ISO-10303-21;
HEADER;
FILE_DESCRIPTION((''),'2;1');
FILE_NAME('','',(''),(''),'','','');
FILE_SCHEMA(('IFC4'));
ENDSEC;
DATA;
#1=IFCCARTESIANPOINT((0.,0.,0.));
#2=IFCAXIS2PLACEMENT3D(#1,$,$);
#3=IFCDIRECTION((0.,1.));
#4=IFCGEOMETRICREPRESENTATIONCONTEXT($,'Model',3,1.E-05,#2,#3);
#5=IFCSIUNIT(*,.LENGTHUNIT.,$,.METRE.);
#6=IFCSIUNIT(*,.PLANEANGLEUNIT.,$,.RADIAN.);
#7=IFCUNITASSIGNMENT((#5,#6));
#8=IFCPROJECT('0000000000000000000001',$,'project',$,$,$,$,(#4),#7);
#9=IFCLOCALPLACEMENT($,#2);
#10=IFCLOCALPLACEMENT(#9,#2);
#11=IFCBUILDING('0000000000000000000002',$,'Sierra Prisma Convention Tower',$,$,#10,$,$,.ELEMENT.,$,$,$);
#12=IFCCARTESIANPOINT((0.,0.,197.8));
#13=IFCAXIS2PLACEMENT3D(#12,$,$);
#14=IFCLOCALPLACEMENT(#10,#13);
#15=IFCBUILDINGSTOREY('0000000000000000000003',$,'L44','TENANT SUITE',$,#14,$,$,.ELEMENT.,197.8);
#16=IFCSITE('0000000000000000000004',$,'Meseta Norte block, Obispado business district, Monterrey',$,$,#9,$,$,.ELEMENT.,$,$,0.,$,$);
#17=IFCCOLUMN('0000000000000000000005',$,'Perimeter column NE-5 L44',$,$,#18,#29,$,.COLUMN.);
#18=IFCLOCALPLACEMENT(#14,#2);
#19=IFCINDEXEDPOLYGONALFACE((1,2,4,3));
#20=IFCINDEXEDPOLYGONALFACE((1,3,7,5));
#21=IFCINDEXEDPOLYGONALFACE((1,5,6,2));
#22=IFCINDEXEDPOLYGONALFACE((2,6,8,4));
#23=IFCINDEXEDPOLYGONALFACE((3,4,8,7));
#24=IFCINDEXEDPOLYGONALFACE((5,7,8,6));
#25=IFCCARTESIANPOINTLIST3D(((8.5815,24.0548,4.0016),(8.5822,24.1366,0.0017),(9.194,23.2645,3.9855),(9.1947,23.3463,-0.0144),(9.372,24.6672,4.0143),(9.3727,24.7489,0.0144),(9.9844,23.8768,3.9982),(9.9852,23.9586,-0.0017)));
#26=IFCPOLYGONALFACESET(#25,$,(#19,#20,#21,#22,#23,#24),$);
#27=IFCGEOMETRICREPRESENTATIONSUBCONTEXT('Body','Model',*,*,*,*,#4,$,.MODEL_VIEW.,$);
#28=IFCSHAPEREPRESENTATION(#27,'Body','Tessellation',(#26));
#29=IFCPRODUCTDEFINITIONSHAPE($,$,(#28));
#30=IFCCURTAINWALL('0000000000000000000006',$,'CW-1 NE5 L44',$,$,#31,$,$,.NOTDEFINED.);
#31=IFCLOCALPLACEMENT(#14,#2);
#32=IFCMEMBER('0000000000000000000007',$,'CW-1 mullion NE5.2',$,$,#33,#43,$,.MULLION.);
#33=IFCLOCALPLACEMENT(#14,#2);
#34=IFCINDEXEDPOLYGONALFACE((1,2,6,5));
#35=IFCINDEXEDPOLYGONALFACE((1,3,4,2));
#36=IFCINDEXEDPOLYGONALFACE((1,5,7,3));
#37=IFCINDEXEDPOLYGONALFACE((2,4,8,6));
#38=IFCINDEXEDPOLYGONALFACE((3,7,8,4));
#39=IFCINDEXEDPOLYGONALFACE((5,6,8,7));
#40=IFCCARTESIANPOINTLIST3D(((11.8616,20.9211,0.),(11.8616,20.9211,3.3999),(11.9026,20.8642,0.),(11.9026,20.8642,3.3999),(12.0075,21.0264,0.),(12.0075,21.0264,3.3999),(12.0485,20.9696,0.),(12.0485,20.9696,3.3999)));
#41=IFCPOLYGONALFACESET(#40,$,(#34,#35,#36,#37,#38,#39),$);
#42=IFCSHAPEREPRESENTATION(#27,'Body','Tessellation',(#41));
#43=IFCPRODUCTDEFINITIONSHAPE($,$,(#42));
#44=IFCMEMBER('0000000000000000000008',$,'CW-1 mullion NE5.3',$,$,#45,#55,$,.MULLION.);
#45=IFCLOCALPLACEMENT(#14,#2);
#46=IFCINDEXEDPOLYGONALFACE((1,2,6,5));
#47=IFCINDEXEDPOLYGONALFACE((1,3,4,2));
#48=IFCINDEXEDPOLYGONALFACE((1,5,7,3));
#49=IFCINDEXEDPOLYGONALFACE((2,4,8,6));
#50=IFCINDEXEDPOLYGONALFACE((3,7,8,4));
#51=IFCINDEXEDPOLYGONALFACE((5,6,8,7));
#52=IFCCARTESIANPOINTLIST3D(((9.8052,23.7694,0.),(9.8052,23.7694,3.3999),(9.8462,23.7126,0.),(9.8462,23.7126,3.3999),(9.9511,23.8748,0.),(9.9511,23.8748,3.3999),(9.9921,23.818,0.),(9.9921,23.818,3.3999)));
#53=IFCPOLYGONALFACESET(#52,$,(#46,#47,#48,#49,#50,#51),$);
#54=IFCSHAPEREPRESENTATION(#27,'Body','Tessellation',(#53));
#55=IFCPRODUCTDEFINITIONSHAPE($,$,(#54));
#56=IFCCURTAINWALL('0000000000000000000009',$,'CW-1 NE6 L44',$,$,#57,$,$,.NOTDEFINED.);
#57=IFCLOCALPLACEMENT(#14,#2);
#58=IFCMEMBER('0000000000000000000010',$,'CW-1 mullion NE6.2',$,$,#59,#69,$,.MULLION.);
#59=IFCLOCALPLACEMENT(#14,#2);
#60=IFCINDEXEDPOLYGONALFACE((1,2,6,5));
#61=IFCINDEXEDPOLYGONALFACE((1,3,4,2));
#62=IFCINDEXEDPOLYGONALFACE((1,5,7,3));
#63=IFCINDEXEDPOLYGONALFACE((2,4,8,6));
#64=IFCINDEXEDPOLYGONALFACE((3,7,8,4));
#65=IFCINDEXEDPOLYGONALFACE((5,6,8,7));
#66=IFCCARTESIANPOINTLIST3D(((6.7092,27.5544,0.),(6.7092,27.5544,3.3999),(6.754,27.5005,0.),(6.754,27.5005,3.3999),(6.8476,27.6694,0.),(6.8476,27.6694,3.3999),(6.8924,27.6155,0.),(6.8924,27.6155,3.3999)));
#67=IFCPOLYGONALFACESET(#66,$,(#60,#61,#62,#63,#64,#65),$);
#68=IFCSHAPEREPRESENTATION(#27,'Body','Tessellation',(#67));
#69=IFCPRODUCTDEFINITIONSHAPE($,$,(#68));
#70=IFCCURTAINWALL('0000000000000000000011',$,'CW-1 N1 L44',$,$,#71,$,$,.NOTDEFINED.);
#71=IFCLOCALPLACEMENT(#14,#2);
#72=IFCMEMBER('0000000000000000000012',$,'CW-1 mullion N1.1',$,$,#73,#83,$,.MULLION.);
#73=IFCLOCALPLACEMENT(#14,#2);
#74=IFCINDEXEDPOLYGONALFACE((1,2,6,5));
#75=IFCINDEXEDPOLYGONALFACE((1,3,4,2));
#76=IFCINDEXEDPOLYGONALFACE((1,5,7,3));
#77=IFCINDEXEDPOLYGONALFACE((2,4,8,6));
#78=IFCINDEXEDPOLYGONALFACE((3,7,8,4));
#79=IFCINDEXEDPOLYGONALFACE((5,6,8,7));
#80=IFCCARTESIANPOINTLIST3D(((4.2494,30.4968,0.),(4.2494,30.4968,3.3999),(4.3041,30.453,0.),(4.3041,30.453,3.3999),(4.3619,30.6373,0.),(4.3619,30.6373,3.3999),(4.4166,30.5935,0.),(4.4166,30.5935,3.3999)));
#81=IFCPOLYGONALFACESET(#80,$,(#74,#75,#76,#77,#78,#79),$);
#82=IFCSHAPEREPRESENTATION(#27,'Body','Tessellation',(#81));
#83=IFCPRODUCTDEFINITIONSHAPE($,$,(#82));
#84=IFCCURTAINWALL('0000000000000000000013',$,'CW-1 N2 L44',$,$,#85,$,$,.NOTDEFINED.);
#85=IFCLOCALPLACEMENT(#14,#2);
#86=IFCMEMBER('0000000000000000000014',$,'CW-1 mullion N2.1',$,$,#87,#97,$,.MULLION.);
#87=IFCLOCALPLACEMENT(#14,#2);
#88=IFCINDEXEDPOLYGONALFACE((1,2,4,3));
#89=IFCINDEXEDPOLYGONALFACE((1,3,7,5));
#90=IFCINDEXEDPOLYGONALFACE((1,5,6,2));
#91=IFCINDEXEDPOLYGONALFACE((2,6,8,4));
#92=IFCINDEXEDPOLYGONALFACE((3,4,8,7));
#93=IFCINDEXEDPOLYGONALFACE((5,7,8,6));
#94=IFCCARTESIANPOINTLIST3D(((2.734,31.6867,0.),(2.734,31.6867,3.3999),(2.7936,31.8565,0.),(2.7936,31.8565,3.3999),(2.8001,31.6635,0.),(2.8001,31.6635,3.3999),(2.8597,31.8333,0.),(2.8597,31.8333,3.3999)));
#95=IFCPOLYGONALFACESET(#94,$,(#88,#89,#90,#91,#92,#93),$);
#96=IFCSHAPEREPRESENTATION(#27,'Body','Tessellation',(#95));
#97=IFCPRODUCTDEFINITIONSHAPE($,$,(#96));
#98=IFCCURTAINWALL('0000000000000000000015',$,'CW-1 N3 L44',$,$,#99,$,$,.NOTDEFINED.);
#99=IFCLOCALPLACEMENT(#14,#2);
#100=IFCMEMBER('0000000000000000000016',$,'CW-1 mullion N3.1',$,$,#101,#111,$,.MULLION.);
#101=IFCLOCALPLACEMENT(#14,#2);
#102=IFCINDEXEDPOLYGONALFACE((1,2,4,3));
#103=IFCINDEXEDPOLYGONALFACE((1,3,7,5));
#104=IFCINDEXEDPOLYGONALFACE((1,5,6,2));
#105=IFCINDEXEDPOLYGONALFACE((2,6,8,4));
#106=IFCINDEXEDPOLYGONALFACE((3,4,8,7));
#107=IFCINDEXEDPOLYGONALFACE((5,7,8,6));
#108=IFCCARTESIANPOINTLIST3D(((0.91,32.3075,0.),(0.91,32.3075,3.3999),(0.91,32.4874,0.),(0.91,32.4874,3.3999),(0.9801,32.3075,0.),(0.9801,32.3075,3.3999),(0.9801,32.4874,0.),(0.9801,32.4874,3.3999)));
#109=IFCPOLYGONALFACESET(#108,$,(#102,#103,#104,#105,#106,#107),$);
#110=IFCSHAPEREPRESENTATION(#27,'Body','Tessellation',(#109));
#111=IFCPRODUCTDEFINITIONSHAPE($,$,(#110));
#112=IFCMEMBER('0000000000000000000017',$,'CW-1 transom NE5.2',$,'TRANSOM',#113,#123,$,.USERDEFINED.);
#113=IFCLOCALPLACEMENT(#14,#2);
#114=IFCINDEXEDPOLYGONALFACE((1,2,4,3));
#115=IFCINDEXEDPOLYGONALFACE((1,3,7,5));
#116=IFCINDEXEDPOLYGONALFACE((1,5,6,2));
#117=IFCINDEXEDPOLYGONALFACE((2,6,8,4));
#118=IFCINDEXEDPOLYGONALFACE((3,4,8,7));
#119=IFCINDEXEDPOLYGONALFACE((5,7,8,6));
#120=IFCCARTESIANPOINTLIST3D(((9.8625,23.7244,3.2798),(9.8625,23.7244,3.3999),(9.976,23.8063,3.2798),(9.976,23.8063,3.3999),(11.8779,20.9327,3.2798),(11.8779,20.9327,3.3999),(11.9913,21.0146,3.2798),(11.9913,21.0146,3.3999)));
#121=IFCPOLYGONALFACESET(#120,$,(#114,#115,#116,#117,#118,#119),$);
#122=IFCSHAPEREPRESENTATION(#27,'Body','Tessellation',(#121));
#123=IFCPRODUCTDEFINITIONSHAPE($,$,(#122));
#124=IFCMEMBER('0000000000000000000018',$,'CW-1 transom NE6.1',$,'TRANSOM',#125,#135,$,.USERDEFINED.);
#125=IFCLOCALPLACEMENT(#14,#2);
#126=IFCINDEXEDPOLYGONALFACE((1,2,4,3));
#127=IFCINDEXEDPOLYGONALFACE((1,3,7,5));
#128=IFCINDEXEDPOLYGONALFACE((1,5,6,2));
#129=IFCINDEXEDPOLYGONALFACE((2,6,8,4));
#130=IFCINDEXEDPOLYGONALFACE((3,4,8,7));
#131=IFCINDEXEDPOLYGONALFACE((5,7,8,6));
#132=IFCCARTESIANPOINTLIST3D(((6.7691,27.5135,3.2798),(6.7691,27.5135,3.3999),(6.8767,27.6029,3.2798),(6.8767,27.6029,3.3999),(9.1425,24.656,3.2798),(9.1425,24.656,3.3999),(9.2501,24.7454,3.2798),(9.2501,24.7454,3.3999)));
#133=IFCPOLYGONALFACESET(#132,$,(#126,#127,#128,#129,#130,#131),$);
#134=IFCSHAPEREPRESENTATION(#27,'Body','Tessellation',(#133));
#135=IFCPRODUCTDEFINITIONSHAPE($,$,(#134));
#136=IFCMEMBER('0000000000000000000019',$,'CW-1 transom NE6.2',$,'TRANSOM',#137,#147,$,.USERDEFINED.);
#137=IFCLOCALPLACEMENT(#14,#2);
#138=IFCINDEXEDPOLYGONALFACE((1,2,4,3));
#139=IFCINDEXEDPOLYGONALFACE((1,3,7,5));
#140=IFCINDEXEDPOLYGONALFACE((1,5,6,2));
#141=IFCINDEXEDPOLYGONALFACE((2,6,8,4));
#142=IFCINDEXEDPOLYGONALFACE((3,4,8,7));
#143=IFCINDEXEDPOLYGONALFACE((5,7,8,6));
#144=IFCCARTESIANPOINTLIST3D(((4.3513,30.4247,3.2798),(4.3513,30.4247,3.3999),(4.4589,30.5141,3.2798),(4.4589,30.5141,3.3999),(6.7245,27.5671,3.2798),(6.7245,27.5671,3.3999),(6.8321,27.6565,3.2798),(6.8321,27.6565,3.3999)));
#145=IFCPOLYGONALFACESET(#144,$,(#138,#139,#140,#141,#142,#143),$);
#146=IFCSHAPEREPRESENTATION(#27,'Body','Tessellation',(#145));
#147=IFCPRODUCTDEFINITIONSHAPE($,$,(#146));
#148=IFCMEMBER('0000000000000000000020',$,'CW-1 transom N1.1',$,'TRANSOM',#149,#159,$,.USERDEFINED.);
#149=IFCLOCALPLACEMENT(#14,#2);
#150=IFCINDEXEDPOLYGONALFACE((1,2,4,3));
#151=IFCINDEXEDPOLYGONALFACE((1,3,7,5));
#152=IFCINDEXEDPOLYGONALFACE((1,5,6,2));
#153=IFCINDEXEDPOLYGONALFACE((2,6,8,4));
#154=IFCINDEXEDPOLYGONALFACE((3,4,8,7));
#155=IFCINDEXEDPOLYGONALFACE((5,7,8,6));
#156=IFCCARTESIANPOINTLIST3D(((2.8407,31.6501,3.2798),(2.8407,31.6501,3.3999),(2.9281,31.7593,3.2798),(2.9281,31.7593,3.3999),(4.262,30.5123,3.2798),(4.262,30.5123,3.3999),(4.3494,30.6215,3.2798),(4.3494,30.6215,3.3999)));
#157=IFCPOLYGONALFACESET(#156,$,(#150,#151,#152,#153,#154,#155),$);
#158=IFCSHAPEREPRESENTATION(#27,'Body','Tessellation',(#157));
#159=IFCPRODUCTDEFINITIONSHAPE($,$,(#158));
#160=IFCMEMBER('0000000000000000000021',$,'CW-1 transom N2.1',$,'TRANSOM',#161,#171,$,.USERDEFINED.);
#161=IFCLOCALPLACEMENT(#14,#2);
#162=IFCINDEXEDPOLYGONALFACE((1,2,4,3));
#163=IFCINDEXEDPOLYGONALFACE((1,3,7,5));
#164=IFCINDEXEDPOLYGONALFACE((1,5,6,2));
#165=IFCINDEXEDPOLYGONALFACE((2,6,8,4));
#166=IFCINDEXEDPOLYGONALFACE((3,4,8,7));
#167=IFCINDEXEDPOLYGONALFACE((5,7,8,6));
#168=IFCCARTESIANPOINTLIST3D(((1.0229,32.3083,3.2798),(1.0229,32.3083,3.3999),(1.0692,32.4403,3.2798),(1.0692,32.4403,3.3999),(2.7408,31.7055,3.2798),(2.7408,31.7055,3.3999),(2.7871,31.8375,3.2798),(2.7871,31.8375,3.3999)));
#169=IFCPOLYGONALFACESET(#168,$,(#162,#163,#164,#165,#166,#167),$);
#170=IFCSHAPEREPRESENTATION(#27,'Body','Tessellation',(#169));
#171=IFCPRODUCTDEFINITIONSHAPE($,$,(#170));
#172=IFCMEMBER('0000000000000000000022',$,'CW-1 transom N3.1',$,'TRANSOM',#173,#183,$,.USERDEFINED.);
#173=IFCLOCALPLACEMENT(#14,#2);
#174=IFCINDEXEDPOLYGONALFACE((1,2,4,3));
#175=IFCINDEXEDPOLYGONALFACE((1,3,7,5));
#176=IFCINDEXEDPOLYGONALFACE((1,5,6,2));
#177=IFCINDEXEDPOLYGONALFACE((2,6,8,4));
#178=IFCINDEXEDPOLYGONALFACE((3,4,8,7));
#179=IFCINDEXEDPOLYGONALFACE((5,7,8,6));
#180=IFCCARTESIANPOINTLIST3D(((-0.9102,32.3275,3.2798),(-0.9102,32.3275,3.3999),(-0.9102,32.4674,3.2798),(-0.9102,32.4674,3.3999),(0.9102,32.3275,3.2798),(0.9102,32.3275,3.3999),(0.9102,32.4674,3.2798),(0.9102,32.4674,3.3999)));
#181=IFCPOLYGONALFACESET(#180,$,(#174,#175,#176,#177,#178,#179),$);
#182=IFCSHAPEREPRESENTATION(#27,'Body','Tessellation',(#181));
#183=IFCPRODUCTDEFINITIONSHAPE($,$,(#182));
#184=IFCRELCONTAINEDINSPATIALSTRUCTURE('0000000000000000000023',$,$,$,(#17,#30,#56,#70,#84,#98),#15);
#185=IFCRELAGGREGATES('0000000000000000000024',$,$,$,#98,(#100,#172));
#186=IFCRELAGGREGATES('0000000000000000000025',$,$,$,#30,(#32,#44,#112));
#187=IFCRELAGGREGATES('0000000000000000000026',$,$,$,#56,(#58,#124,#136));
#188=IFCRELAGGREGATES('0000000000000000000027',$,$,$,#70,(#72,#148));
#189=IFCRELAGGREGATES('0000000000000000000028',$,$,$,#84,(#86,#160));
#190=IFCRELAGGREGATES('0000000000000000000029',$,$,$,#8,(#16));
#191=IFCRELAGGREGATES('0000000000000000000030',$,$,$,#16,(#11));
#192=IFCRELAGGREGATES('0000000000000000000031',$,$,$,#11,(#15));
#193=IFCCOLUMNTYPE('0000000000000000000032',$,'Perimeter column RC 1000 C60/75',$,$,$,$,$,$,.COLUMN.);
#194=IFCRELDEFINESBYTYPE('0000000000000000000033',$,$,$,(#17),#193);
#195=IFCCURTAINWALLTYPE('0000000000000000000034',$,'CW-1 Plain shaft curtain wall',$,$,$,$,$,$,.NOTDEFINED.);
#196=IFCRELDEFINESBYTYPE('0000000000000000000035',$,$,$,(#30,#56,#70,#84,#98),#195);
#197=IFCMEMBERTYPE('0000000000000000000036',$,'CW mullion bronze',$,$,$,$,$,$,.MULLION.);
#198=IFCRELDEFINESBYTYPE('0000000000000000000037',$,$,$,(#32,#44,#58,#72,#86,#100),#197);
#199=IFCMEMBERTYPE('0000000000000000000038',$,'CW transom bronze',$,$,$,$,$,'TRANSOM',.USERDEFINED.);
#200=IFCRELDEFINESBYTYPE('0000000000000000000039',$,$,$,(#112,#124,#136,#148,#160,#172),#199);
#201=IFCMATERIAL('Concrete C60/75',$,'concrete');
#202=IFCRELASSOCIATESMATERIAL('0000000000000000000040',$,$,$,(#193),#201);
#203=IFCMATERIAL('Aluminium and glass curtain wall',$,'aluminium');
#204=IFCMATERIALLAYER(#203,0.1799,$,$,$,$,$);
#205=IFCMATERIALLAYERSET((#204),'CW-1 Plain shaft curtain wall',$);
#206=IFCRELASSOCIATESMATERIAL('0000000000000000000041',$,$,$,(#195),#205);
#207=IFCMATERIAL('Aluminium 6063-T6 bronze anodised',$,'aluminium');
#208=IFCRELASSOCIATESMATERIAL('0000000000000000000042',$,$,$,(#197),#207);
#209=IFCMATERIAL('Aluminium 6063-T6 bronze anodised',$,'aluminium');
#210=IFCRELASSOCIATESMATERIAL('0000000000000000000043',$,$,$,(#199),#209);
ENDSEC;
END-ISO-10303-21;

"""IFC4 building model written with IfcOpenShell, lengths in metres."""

from ifc_helpers import new_model, si_unit, direction, frame, origin, origin_2d, place, context, subcontext, project, spatial, rectangle, extrude, material, layer, layer_set, material_profile, profile_set, type_object, element, aggregate, save


model = new_model("IFC4")

# Units and contexts
model_context = context("Model", 3, precision=1e-05, world=origin(), true_north=direction((0.0, 1.0)))
body_context = subcontext(model_context, "Body", "Model", "MODEL_VIEW")
ifc_project = project(units=[si_unit("LENGTHUNIT", "METRE"), si_unit("PLANEANGLEUNIT", "RADIAN")], contexts=[model_context])

# Site, building, storey
site_placement = place(None, origin())
site = spatial("IfcSite", under=ifc_project, at=site_placement, Name="Meseta Norte block, Obispado business district, Monterrey", CompositionType="ELEMENT", RefElevation=0.0)
building_placement = place(site_placement, origin())
building = spatial("IfcBuilding", under=site, at=building_placement, Name="Sierra Prisma Convention Tower", CompositionType="ELEMENT")
storey_placement = place(building_placement, frame((0.0, 0.0, 197.8)))
storey = spatial("IfcBuildingStorey", under=building, at=storey_placement, Name="L44", Description="TENANT SUITE", CompositionType="ELEMENT", Elevation=197.8)

# Column
ifc_material_1 = material(Name="Concrete C60/75", Category="concrete")
ifc_material_profile_1 = material_profile(ifc_material_1, rectangle(XDim=1.0, YDim=1.0, at=origin_2d()), Name="Perimeter column RC 1000 C60/75")
ifc_profile_set_1 = profile_set([ifc_material_profile_1], Name="Concrete C60/75")
column_type = type_object("IfcColumnType", Name="Perimeter column RC 1000 C60/75", PredefinedType="COLUMN", material=ifc_profile_set_1)
column_placement = place(storey_placement, frame((9.2837, 24.0476, 0.0), z_axis=(-0.000183, -0.020443, 0.999791), x_axis=(-0.612482, 0.790321, 0.016047)))
element("IfcColumn", 1, at=column_placement, inside=storey, type_object=column_type, Name="Perimeter column NE-5 L44", PredefinedType="COLUMN", context=body_context, shape_type="SweptSolid", body=[
    extrude(rectangle(XDim=1.0, YDim=1.0, at=origin_2d()), origin(), (0.0, 0.0, 1.0), 4.0007),
])

# Curtain wall, members
ifc_material_2 = material(Name="Aluminium and glass curtain wall", Category="aluminium")
ifc_layer_1 = layer(ifc_material_2, 0.1799)
ifc_layer_set_1 = layer_set([ifc_layer_1], Name="CW-1 Plain shaft curtain wall")
curtain_wall_type = type_object("IfcCurtainWallType", Name="CW-1 Plain shaft curtain wall", PredefinedType="NOTDEFINED", material=ifc_layer_set_1)
curtain_wall_1_placement = place(storey_placement, origin())
curtain_wall_1 = element("IfcCurtainWall", 2, at=curtain_wall_1_placement, inside=storey, type_object=curtain_wall_type, Name="CW-1 NE5 L44", PredefinedType="NOTDEFINED")
ifc_material_3 = material(Name="Aluminium 6063-T6 bronze anodised", Category="aluminium")
ifc_material_profile_2 = material_profile(ifc_material_3, rectangle(XDim=0.1799, YDim=0.0701, at=origin_2d()), Name="ALU MULLION 70x180")
ifc_profile_set_2 = profile_set([ifc_material_profile_2], Name="Aluminium 6063-T6 bronze anodised")
member_type_1 = type_object("IfcMemberType", Name="CW mullion bronze", PredefinedType="MULLION", material=ifc_profile_set_2)
member_1_placement = place(storey_placement, frame((11.9551, 20.9453, 0.0), z_axis=(0.0, 0.0, 1.0), x_axis=(-0.810789, -0.585338, 0.0)))
member_1 = element("IfcMember", 3, at=member_1_placement, type_object=member_type_1, Name="CW-1 mullion NE5.2", PredefinedType="MULLION", context=body_context, shape_type="SweptSolid", body=[
    extrude(rectangle(XDim=0.1799, YDim=0.0701, at=origin_2d()), origin(), (0.0, 0.0, 1.0), 3.3999),
])
member_2_placement = place(storey_placement, frame((9.8987, 23.7937, 0.0), z_axis=(0.0, 0.0, 1.0), x_axis=(-0.810789, -0.585338, 0.0)))
member_2 = element("IfcMember", 4, at=member_2_placement, type_object=member_type_1, Name="CW-1 mullion NE5.3", PredefinedType="MULLION", context=body_context, shape_type="SweptSolid", body=[
    extrude(rectangle(XDim=0.1799, YDim=0.0701, at=origin_2d()), origin(), (0.0, 0.0, 1.0), 3.3999),
])

# Curtain walls, members
curtain_wall_2_placement = place(storey_placement, origin())
curtain_wall_2 = element("IfcCurtainWall", 5, at=curtain_wall_2_placement, inside=storey, type_object=curtain_wall_type, Name="CW-1 NE6 L44", PredefinedType="NOTDEFINED")
member_3_placement = place(storey_placement, frame((6.8008, 27.585, 0.0), z_axis=(0.0, 0.0, 1.0), x_axis=(-0.769271, -0.638922, 0.0)))
member_3 = element("IfcMember", 6, at=member_3_placement, type_object=member_type_1, Name="CW-1 mullion NE6.2", PredefinedType="MULLION", context=body_context, shape_type="SweptSolid", body=[
    extrude(rectangle(XDim=0.1799, YDim=0.0701, at=origin_2d()), origin(), (0.0, 0.0, 1.0), 3.3999),
])
curtain_wall_3_placement = place(storey_placement, origin())
curtain_wall_3 = element("IfcCurtainWall", 7, at=curtain_wall_3_placement, inside=storey, type_object=curtain_wall_type, Name="CW-1 N1 L44", PredefinedType="NOTDEFINED")
member_4_placement = place(storey_placement, frame((4.333, 30.5452, 0.0), z_axis=(0.0, 0.0, 1.0), x_axis=(-0.624929, -0.780682, 0.0)))
member_4 = element("IfcMember", 8, at=member_4_placement, type_object=member_type_1, Name="CW-1 mullion N1.1", PredefinedType="MULLION", context=body_context, shape_type="SweptSolid", body=[
    extrude(rectangle(XDim=0.1799, YDim=0.0701, at=origin_2d()), origin(), (0.0, 0.0, 1.0), 3.3999),
])
curtain_wall_4_placement = place(storey_placement, origin())
curtain_wall_4 = element("IfcCurtainWall", 9, at=curtain_wall_4_placement, inside=storey, type_object=curtain_wall_type, Name="CW-1 N2 L44", PredefinedType="NOTDEFINED")
member_5_placement = place(storey_placement, frame((2.7969, 31.76, 0.0), z_axis=(0.0, 0.0, 1.0), x_axis=(-0.331148, -0.943579, 0.0)))
member_5 = element("IfcMember", 10, at=member_5_placement, type_object=member_type_1, Name="CW-1 mullion N2.1", PredefinedType="MULLION", context=body_context, shape_type="SweptSolid", body=[
    extrude(rectangle(XDim=0.1799, YDim=0.0701, at=origin_2d()), origin(), (0.0, 0.0, 1.0), 3.3999),
])
curtain_wall_5_placement = place(storey_placement, origin())
curtain_wall_5 = element("IfcCurtainWall", 11, at=curtain_wall_5_placement, inside=storey, type_object=curtain_wall_type, Name="CW-1 N3 L44", PredefinedType="NOTDEFINED")
member_6_placement = place(storey_placement, frame((0.9451, 32.3975, 0.0), z_axis=(0.0, 0.0, 1.0), x_axis=(0.0, -1.0, 0.0)))
member_6 = element("IfcMember", 12, at=member_6_placement, type_object=member_type_1, Name="CW-1 mullion N3.1", PredefinedType="MULLION", context=body_context, shape_type="SweptSolid", body=[
    extrude(rectangle(XDim=0.1799, YDim=0.0701, at=origin_2d()), origin(), (0.0, 0.0, 1.0), 3.3999),
])

# Members
ifc_material_4 = material(Name="Aluminium 6063-T6 bronze anodised", Category="aluminium")
ifc_material_profile_3 = material_profile(ifc_material_4, rectangle(XDim=0.1399, YDim=0.1201, at=origin_2d()), Name="ALU TRANSOM 120x140")
ifc_profile_set_3 = profile_set([ifc_material_profile_3], Name="Aluminium 6063-T6 bronze anodised")
member_type_2 = type_object("IfcMemberType", Name="CW transom bronze", ElementType="TRANSOM", PredefinedType="USERDEFINED", material=ifc_profile_set_3)
member_7_placement = place(storey_placement, frame((11.9346, 20.9736, 3.3398), z_axis=(-0.585322, 0.810801, 0.0), x_axis=(-0.810801, -0.585322, 0.0)))
member_7 = element("IfcMember", 13, at=member_7_placement, type_object=member_type_2, Name="CW-1 transom NE5.2", ObjectType="TRANSOM", PredefinedType="USERDEFINED", context=body_context, shape_type="SweptSolid", body=[
    extrude(rectangle(XDim=0.1399, YDim=0.1201, at=origin_2d()), origin(), (0.0, 0.0, 1.0), 3.4431),
])
member_8_placement = place(storey_placement, frame((9.1963, 24.7007, 3.3398), z_axis=(-0.638929, 0.769265, 0.0), x_axis=(-0.769265, -0.638929, 0.0)))
member_8 = element("IfcMember", 14, at=member_8_placement, type_object=member_type_2, Name="CW-1 transom NE6.1", ObjectType="TRANSOM", PredefinedType="USERDEFINED", context=body_context, shape_type="SweptSolid", body=[
    extrude(rectangle(XDim=0.1399, YDim=0.1201, at=origin_2d()), origin(), (0.0, 0.0, 1.0), 3.7146),
])
member_9_placement = place(storey_placement, frame((6.7783, 27.6118, 3.3398), z_axis=(-0.638897, 0.769292, 0.0), x_axis=(-0.769292, -0.638897, 0.0)))
member_9 = element("IfcMember", 15, at=member_9_placement, type_object=member_type_2, Name="CW-1 transom NE6.2", ObjectType="TRANSOM", PredefinedType="USERDEFINED", context=body_context, shape_type="SweptSolid", body=[
    extrude(rectangle(XDim=0.1399, YDim=0.1201, at=origin_2d()), origin(), (0.0, 0.0, 1.0), 3.7146),
])
member_10_placement = place(storey_placement, frame((4.3057, 30.5669, 3.3398), z_axis=(-0.780659, 0.624957, 0.0), x_axis=(-0.624957, -0.780659, 0.0)))
member_10 = element("IfcMember", 16, at=member_10_placement, type_object=member_type_2, Name="CW-1 transom N1.1", ObjectType="TRANSOM", PredefinedType="USERDEFINED", context=body_context, shape_type="SweptSolid", body=[
    extrude(rectangle(XDim=0.1399, YDim=0.1201, at=origin_2d()), origin(), (0.0, 0.0, 1.0), 1.8206),
])
member_11_placement = place(storey_placement, frame((2.7639, 31.7715, 3.3398), z_axis=(-0.94359, 0.331115, 0.0), x_axis=(-0.331115, -0.94359, 0.0)))
member_11 = element("IfcMember", 17, at=member_11_placement, type_object=member_type_2, Name="CW-1 transom N2.1", ObjectType="TRANSOM", PredefinedType="USERDEFINED", context=body_context, shape_type="SweptSolid", body=[
    extrude(rectangle(XDim=0.1399, YDim=0.1201, at=origin_2d()), origin(), (0.0, 0.0, 1.0), 1.8206),
])
member_12_placement = place(storey_placement, frame((0.9102, 32.3975, 3.3398), z_axis=(-1.0, 0.0, 0.0), x_axis=(0.0, -1.0, 0.0)))
member_12 = element("IfcMember", 18, at=member_12_placement, type_object=member_type_2, Name="CW-1 transom N3.1", ObjectType="TRANSOM", PredefinedType="USERDEFINED", context=body_context, shape_type="SweptSolid", body=[
    extrude(rectangle(XDim=0.1399, YDim=0.1201, at=origin_2d()), origin(), (0.0, 0.0, 1.0), 1.8203),
])
aggregate(curtain_wall_5, [member_6, member_12])

aggregate(curtain_wall_1, [member_1, member_2, member_7])
aggregate(curtain_wall_2, [member_3, member_8, member_9])
aggregate(curtain_wall_3, [member_4, member_10])
aggregate(curtain_wall_4, [member_5, member_11])

save(model, "model.ifc")
